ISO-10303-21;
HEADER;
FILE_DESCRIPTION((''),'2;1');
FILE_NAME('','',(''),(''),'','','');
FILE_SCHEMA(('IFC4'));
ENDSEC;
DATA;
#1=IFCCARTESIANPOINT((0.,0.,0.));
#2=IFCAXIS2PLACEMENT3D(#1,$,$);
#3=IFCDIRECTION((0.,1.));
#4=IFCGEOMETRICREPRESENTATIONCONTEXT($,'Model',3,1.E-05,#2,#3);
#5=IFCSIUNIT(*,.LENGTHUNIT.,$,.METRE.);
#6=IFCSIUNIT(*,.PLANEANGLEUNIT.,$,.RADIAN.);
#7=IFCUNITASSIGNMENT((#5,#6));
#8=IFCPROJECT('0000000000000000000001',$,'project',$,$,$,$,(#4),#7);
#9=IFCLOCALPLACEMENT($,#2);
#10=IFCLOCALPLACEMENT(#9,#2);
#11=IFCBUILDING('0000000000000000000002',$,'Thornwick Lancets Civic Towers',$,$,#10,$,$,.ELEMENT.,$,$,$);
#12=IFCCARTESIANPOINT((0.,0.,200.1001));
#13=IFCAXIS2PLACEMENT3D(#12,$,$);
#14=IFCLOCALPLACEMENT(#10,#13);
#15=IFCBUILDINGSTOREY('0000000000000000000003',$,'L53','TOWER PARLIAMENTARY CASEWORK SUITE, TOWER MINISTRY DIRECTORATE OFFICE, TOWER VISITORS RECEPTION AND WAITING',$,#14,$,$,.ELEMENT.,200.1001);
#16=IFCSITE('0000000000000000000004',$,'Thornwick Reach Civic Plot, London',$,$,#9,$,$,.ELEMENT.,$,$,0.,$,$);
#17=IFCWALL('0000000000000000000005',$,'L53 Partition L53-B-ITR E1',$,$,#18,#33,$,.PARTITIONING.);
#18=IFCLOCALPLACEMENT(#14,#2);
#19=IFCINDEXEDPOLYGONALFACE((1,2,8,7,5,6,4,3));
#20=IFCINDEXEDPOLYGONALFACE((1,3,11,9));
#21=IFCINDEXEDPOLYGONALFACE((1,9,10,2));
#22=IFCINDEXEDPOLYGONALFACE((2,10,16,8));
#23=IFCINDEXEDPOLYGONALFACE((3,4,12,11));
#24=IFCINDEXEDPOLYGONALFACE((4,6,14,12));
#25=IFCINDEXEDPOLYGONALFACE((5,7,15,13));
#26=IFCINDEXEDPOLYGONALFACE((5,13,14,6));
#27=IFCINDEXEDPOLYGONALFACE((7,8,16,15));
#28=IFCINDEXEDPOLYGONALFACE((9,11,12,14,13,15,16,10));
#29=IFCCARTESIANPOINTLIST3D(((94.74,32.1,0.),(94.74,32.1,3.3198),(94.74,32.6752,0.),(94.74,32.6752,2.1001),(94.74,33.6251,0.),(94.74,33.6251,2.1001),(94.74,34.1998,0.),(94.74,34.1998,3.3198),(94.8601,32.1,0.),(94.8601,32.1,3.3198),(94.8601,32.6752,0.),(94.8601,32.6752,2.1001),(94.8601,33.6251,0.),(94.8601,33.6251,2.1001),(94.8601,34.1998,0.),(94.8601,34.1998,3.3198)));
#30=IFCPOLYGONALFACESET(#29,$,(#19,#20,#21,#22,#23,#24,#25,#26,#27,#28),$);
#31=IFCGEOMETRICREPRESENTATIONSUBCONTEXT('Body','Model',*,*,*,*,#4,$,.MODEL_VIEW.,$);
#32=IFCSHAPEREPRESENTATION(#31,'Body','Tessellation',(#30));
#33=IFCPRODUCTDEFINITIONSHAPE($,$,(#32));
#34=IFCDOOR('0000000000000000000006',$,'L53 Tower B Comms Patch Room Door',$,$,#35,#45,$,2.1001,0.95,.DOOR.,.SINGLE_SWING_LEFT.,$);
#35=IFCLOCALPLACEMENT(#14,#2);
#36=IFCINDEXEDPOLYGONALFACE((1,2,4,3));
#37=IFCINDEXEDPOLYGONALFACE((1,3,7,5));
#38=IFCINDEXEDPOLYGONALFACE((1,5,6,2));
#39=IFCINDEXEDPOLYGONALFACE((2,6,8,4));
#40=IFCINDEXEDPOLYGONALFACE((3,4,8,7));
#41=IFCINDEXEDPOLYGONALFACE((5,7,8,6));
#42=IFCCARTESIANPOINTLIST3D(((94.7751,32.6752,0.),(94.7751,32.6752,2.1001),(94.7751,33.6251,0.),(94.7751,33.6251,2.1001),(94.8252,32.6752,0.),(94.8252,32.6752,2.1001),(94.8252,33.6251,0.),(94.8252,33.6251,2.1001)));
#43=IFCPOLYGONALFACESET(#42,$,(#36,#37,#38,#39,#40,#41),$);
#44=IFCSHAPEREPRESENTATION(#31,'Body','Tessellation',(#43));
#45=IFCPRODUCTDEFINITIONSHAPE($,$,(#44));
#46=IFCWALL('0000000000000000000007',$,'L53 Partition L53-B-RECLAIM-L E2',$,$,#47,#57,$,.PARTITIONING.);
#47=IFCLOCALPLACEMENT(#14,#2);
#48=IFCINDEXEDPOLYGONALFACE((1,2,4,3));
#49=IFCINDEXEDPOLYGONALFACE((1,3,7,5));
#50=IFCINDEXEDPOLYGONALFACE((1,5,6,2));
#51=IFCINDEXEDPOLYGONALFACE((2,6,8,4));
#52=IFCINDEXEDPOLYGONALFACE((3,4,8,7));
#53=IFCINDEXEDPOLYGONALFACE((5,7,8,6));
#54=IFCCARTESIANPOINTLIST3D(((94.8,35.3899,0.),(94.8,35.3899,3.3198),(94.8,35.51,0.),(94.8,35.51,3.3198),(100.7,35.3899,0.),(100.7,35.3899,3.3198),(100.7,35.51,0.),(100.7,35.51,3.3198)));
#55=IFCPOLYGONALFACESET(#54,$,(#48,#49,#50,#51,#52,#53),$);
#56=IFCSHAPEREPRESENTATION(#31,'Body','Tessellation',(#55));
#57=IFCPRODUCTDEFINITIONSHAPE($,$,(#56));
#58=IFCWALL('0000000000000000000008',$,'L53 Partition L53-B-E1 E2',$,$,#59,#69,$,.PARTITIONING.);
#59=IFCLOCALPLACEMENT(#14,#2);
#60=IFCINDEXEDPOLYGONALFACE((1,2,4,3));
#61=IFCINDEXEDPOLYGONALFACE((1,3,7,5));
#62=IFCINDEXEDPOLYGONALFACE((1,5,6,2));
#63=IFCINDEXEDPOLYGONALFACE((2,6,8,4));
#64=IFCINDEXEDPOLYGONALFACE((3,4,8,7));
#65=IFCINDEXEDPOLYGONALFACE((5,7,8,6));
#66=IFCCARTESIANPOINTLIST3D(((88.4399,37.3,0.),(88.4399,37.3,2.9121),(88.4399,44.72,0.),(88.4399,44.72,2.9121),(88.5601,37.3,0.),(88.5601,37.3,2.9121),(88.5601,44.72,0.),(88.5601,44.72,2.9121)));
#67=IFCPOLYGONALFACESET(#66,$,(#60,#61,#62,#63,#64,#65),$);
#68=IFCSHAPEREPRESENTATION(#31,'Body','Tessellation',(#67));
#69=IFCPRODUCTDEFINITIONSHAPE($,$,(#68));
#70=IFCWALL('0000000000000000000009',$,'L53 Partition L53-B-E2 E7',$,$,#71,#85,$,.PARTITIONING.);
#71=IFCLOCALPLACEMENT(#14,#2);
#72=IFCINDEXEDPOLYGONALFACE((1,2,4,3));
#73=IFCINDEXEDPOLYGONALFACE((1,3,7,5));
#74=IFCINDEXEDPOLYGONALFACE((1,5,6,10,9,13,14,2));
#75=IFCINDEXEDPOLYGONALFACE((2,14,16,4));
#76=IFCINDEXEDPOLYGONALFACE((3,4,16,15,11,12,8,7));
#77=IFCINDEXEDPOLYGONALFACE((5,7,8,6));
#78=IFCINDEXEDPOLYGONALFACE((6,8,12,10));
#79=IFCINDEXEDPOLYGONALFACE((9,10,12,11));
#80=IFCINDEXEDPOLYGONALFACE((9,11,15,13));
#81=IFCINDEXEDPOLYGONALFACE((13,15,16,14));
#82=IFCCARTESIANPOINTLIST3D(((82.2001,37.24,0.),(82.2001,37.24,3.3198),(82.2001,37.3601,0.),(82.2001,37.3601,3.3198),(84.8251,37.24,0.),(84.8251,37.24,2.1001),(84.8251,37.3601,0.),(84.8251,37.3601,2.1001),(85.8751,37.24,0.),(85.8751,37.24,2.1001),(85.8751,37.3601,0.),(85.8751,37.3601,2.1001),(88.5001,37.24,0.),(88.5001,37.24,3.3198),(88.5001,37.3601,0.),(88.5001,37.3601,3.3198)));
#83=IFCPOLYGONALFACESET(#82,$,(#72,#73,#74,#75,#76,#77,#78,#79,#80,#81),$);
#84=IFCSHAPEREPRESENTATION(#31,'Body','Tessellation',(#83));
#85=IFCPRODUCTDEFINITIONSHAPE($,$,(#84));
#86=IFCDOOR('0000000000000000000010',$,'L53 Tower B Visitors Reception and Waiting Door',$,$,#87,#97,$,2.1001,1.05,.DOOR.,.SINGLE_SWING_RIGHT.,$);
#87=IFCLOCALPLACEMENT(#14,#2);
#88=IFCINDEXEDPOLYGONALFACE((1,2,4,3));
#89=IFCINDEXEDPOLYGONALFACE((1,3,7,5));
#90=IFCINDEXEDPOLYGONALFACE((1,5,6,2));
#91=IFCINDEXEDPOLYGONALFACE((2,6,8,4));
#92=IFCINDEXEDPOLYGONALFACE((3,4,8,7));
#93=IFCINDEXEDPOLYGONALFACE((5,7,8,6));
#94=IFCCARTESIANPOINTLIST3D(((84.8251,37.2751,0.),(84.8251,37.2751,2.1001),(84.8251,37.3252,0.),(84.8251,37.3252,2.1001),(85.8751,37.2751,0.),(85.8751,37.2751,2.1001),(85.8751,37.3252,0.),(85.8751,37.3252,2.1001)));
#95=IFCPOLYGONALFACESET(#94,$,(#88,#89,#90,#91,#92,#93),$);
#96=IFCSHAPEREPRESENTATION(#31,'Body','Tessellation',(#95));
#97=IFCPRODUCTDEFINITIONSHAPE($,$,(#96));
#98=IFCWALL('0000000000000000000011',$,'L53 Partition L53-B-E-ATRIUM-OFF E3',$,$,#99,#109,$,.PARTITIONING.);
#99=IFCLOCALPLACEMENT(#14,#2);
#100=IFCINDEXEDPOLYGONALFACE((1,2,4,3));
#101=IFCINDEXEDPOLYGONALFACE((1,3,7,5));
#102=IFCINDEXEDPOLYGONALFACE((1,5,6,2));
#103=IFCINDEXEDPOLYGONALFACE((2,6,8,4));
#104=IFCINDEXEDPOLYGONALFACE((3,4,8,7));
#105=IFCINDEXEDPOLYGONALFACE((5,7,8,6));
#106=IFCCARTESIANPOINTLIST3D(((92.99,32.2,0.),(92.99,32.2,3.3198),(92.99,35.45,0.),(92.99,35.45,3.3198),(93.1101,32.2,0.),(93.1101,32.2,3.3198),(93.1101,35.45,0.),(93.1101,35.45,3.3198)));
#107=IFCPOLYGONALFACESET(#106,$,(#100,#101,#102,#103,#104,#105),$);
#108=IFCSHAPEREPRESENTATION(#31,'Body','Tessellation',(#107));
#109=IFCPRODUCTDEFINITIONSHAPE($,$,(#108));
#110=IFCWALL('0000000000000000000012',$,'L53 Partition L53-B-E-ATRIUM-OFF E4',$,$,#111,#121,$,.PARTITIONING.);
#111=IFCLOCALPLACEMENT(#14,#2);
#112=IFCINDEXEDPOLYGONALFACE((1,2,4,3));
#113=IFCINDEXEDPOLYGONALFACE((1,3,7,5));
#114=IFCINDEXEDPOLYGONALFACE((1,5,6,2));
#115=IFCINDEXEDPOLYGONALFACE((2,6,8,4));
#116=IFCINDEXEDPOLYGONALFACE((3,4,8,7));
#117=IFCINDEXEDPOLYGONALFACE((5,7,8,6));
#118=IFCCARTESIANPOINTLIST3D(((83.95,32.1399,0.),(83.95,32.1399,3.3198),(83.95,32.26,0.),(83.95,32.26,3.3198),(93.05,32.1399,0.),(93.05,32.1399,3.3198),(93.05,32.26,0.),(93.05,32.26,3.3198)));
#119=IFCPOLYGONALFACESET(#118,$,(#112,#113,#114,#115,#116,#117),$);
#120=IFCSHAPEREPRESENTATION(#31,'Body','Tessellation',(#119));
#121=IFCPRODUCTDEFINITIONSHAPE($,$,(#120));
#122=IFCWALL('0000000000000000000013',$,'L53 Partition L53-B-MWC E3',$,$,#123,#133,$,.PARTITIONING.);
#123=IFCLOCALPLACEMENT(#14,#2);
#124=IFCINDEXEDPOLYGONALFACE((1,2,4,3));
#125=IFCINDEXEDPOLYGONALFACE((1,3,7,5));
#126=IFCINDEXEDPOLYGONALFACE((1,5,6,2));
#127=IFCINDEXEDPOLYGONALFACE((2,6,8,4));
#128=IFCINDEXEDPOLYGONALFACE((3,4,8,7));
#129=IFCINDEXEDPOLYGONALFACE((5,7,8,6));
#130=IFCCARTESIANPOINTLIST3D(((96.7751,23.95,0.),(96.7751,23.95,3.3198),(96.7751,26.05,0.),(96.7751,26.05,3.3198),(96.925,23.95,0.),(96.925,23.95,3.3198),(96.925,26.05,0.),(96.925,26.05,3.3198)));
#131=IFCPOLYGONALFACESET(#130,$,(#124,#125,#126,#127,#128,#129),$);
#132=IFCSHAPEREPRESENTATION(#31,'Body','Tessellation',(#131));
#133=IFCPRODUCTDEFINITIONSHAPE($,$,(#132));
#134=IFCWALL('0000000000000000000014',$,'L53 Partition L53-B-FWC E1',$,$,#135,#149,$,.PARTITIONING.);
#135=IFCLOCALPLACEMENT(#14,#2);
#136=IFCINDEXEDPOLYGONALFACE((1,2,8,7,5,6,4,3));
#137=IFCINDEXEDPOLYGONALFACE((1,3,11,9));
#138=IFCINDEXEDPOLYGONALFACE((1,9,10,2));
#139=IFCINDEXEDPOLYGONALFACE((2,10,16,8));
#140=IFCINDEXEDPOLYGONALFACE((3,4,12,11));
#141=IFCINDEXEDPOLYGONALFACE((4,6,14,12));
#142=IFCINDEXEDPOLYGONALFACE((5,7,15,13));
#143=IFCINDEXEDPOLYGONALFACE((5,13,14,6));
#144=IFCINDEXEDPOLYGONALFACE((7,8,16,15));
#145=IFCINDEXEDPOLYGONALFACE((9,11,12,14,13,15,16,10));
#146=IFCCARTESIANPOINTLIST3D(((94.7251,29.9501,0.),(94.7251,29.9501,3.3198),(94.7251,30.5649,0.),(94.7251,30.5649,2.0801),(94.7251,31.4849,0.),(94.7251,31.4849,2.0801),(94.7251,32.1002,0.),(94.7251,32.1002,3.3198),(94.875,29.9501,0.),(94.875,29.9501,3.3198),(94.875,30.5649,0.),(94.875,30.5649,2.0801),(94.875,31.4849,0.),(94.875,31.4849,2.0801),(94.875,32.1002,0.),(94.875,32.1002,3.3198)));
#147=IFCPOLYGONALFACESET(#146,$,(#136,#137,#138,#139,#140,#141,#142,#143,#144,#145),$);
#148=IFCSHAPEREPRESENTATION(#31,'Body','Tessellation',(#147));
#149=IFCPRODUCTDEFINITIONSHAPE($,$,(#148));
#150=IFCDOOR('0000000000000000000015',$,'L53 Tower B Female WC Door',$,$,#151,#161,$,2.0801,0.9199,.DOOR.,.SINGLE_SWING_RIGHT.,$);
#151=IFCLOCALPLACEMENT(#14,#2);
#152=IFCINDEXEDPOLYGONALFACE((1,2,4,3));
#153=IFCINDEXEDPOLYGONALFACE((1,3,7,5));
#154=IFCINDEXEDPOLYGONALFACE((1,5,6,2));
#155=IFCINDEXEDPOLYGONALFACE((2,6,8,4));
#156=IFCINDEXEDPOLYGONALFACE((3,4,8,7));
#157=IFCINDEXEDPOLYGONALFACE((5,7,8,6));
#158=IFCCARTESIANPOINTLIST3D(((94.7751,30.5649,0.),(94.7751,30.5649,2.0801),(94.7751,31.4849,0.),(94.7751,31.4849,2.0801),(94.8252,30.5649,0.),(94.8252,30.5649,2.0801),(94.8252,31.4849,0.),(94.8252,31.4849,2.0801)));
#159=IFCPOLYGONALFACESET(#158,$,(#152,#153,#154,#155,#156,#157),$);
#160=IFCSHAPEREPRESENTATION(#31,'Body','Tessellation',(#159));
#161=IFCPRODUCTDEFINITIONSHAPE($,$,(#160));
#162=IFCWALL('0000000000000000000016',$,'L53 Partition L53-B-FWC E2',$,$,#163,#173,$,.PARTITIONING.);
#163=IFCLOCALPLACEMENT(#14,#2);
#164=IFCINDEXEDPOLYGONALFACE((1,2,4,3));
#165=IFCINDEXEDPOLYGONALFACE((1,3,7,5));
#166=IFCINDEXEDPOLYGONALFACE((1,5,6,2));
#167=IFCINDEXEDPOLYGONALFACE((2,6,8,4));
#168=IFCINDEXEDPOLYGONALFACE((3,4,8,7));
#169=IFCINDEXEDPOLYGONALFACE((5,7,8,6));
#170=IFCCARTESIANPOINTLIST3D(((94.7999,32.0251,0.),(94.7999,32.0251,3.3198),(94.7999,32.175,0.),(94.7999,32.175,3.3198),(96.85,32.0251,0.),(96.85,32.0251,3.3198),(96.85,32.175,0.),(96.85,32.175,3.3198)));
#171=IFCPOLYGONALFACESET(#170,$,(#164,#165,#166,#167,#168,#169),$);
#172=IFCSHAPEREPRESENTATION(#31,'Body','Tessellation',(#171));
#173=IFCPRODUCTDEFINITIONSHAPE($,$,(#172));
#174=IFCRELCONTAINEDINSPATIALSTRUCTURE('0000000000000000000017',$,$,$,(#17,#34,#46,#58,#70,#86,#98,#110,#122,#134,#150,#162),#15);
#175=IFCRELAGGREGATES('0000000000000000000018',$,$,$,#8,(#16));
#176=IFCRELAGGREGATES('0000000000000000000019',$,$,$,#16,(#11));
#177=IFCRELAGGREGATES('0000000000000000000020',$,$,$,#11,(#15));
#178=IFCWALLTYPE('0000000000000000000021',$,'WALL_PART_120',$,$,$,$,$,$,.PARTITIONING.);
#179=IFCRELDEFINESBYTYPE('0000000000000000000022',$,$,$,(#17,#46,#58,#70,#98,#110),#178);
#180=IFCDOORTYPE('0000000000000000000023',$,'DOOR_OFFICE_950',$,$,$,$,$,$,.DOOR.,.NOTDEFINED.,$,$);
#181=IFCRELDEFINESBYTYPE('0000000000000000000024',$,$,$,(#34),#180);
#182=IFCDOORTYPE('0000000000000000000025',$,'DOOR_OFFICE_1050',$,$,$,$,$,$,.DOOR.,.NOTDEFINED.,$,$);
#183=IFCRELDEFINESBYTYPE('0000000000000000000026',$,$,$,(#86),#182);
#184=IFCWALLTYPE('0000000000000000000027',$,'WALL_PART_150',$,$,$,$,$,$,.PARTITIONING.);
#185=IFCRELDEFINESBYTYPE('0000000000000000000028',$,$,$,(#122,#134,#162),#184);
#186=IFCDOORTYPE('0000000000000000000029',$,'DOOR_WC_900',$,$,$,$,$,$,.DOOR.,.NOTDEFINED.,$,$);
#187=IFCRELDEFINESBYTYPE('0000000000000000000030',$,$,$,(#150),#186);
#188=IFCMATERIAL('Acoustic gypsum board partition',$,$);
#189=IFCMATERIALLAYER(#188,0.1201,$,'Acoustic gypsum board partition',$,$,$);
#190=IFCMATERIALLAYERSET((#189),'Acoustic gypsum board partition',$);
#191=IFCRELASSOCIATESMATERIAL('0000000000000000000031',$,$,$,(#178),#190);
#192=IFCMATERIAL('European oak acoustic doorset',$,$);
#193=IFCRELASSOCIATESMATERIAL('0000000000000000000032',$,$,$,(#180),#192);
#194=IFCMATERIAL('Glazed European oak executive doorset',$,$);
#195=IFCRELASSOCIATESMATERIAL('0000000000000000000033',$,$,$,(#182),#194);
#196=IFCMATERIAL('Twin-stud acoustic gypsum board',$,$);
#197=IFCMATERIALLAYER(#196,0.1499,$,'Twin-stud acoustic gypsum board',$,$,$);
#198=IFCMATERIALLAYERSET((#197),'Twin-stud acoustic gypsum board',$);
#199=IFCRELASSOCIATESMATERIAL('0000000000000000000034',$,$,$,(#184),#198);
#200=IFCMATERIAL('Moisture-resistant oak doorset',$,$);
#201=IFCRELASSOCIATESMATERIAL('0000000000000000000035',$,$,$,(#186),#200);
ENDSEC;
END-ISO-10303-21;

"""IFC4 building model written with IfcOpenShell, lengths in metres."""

from ifc_helpers import new_model, si_unit, direction, frame, frame_2d, origin, place, context, subcontext, project, spatial, rectangle, extrude, material, layer, layer_set, type_object, element, fill, save


model = new_model("IFC4")

# Units and contexts
model_context = context("Model", 3, precision=1e-05, world=origin(), true_north=direction((0.0, 1.0)))
body_context = subcontext(model_context, "Body", "Model", "MODEL_VIEW")
ifc_project = project(units=[si_unit("LENGTHUNIT", "METRE"), si_unit("PLANEANGLEUNIT", "RADIAN")], contexts=[model_context])

# Site, building, storey
site_placement = place(None, origin())
site = spatial("IfcSite", under=ifc_project, at=site_placement, Name="Thornwick Reach Civic Plot, London", CompositionType="ELEMENT", RefElevation=0.0)
building_placement = place(site_placement, origin())
building = spatial("IfcBuilding", under=site, at=building_placement, Name="Thornwick Lancets Civic Towers", CompositionType="ELEMENT")
storey_placement = place(building_placement, frame((0.0, 0.0, 200.1001)))
storey = spatial("IfcBuildingStorey", under=building, at=storey_placement, Name="L53", Description="TOWER PARLIAMENTARY CASEWORK SUITE, TOWER MINISTRY DIRECTORATE OFFICE, TOWER VISITORS RECEPTION AND WAITING", CompositionType="ELEMENT", Elevation=200.1001)

# Wall, opening, door
ifc_material_1 = material(Name="Acoustic gypsum board partition")
ifc_layer_1 = layer(ifc_material_1, 0.1201, Name="Acoustic gypsum board partition")
ifc_layer_set_1 = layer_set([ifc_layer_1], Name="Acoustic gypsum board partition")
wall_type_1 = type_object("IfcWallType", Name="WALL_PART_120", PredefinedType="PARTITIONING", material=ifc_layer_set_1)
wall_1_placement = place(storey_placement, frame((94.8, 32.1001, 0.0), z_axis=(0.0, 0.0, 1.0), x_axis=(0.0, 1.0, 0.0)))
wall_1 = element("IfcWall", 1, at=wall_1_placement, inside=storey, type_object=wall_type_1, Name="L53 Partition L53-B-ITR E1", PredefinedType="PARTITIONING", context=body_context, shape_type="SweptSolid", body=[
    extrude(rectangle(XDim=2.0999, YDim=0.1201, at=frame_2d((1.0498, 0.0))), origin(), (0.0, 0.0, 1.0), 3.3198),
])
opening_1_placement = place(wall_1_placement, frame((0.575, 0.0, 0.0)))
opening_1 = element("IfcOpeningElement", 2, at=opening_1_placement, cuts=wall_1, PredefinedType="OPENING", context=body_context, shape_type="SweptSolid", body=[
    extrude(rectangle(XDim=0.95, YDim=2.1001, at=frame_2d((0.4751, 1.05))), frame((0.0, 0.0701, 0.0), z_axis=(0.0, -1.0, 0.0), x_axis=(1.0, 0.0, 0.0)), (0.0, 0.0, 1.0), 0.1401),
])
ifc_material_2 = material(Name="European oak acoustic doorset")
door_type_1 = type_object("IfcDoorType", Name="DOOR_OFFICE_950", OperationType="NOTDEFINED", PredefinedType="DOOR", material=ifc_material_2)
door_1_placement = place(opening_1_placement, origin())
door_1 = element("IfcDoor", 3, at=door_1_placement, inside=storey, type_object=door_type_1, Name="L53 Tower B Comms Patch Room Door", OperationType="SINGLE_SWING_LEFT", OverallHeight=2.1001, OverallWidth=0.95, PredefinedType="DOOR", context=body_context, shape_type="SweptSolid", body=[
    extrude(rectangle(XDim=0.95, YDim=2.1001, at=frame_2d((0.4751, 1.05))), frame((0.0, 0.0249, 0.0), z_axis=(0.0, -1.0, 0.0), x_axis=(1.0, 0.0, 0.0)), (0.0, 0.0, 1.0), 0.05),
])
fill(opening_1, door_1)

# Walls
wall_2_placement = place(storey_placement, frame((94.8, 35.45, 0.0), z_axis=(0.0, 0.0, 1.0), x_axis=(1.0, 0.0, 0.0)))
element("IfcWall", 4, at=wall_2_placement, inside=storey, type_object=wall_type_1, Name="L53 Partition L53-B-RECLAIM-L E2", PredefinedType="PARTITIONING", context=body_context, shape_type="SweptSolid", body=[
    extrude(rectangle(XDim=5.8999, YDim=0.1201, at=frame_2d((2.95, 0.0))), origin(), (0.0, 0.0, 1.0), 3.3198),
])
wall_3_placement = place(storey_placement, frame((88.5, 37.3, 0.0), z_axis=(0.0, 0.0, 1.0), x_axis=(0.0, 1.0, 0.0)))
element("IfcWall", 5, at=wall_3_placement, inside=storey, type_object=wall_type_1, Name="L53 Partition L53-B-E1 E2", PredefinedType="PARTITIONING", context=body_context, shape_type="SweptSolid", body=[
    extrude(rectangle(XDim=7.4199, YDim=0.1201, at=frame_2d((3.71, 0.0))), origin(), (0.0, 0.0, 1.0), 2.9121),
])

# Wall, opening, door
wall_4_placement = place(storey_placement, frame((88.5, 37.3, 0.0), z_axis=(0.0, 0.0, 1.0), x_axis=(-1.0, 0.0, 0.0)))
wall_4 = element("IfcWall", 6, at=wall_4_placement, inside=storey, type_object=wall_type_1, Name="L53 Partition L53-B-E2 E7", PredefinedType="PARTITIONING", context=body_context, shape_type="SweptSolid", body=[
    extrude(rectangle(XDim=6.3, YDim=0.1201, at=frame_2d((3.1499, 0.0))), origin(), (0.0, 0.0, 1.0), 3.3198),
])
opening_2_placement = place(wall_4_placement, frame((2.625, 0.0, 0.0)))
opening_2 = element("IfcOpeningElement", 7, at=opening_2_placement, cuts=wall_4, PredefinedType="OPENING", context=body_context, shape_type="SweptSolid", body=[
    extrude(rectangle(XDim=1.05, YDim=2.1001, at=frame_2d((0.5249, 1.05))), frame((0.0, 0.0701, 0.0), z_axis=(0.0, -1.0, 0.0), x_axis=(1.0, 0.0, 0.0)), (0.0, 0.0, 1.0), 0.1401),
])
ifc_material_3 = material(Name="Glazed European oak executive doorset")
door_type_2 = type_object("IfcDoorType", Name="DOOR_OFFICE_1050", OperationType="NOTDEFINED", PredefinedType="DOOR", material=ifc_material_3)
door_2_placement = place(opening_2_placement, origin())
door_2 = element("IfcDoor", 8, at=door_2_placement, inside=storey, type_object=door_type_2, Name="L53 Tower B Visitors Reception and Waiting Door", OperationType="SINGLE_SWING_RIGHT", OverallHeight=2.1001, OverallWidth=1.05, PredefinedType="DOOR", context=body_context, shape_type="SweptSolid", body=[
    extrude(rectangle(XDim=1.05, YDim=2.1001, at=frame_2d((0.5249, 1.05))), frame((0.0, 0.0249, 0.0), z_axis=(0.0, -1.0, 0.0), x_axis=(1.0, 0.0, 0.0)), (0.0, 0.0, 1.0), 0.05),
])
fill(opening_2, door_2)

# Walls
wall_5_placement = place(storey_placement, frame((93.05, 35.45, 0.0), z_axis=(0.0, 0.0, 1.0), x_axis=(0.0, -1.0, 0.0)))
element("IfcWall", 9, at=wall_5_placement, inside=storey, type_object=wall_type_1, Name="L53 Partition L53-B-E-ATRIUM-OFF E3", PredefinedType="PARTITIONING", context=body_context, shape_type="SweptSolid", body=[
    extrude(rectangle(XDim=3.25, YDim=0.1201, at=frame_2d((1.625, 0.0))), origin(), (0.0, 0.0, 1.0), 3.3198),
])
wall_6_placement = place(storey_placement, frame((93.05, 32.2, 0.0), z_axis=(0.0, 0.0, 1.0), x_axis=(-1.0, 0.0, 0.0)))
element("IfcWall", 10, at=wall_6_placement, inside=storey, type_object=wall_type_1, Name="L53 Partition L53-B-E-ATRIUM-OFF E4", PredefinedType="PARTITIONING", context=body_context, shape_type="SweptSolid", body=[
    extrude(rectangle(XDim=9.1001, YDim=0.1201, at=frame_2d((4.55, 0.0))), origin(), (0.0, 0.0, 1.0), 3.3198),
])
ifc_material_4 = material(Name="Twin-stud acoustic gypsum board")
ifc_layer_2 = layer(ifc_material_4, 0.1499, Name="Twin-stud acoustic gypsum board")
ifc_layer_set_2 = layer_set([ifc_layer_2], Name="Twin-stud acoustic gypsum board")
wall_type_2 = type_object("IfcWallType", Name="WALL_PART_150", PredefinedType="PARTITIONING", material=ifc_layer_set_2)
wall_7_placement = place(storey_placement, frame((96.8501, 26.05, 0.0), z_axis=(0.0, 0.0, 1.0), x_axis=(0.0, -1.0, 0.0)))
element("IfcWall", 11, at=wall_7_placement, inside=storey, type_object=wall_type_2, Name="L53 Partition L53-B-MWC E3", PredefinedType="PARTITIONING", context=body_context, shape_type="SweptSolid", body=[
    extrude(rectangle(XDim=2.1001, YDim=0.1499, at=frame_2d((1.05, 0.0))), origin(), (0.0, 0.0, 1.0), 3.3198),
])

# Wall, opening, door
wall_8_placement = place(storey_placement, frame((94.8, 29.95, 0.0), z_axis=(0.0, 0.0, 1.0), x_axis=(0.0, 1.0, 0.0)))
wall_8 = element("IfcWall", 12, at=wall_8_placement, inside=storey, type_object=wall_type_2, Name="L53 Partition L53-B-FWC E1", PredefinedType="PARTITIONING", context=body_context, shape_type="SweptSolid", body=[
    extrude(rectangle(XDim=2.1501, YDim=0.1499, at=frame_2d((1.0752, 0.0))), origin(), (0.0, 0.0, 1.0), 3.3198),
])
opening_3_placement = place(wall_8_placement, frame((0.615, 0.0, 0.0)))
opening_3 = element("IfcOpeningElement", 13, at=opening_3_placement, cuts=wall_8, PredefinedType="OPENING", context=body_context, shape_type="SweptSolid", body=[
    extrude(rectangle(XDim=0.9199, YDim=2.0801, at=frame_2d((0.46, 1.04))), frame((0.0, 0.085, 0.0), z_axis=(0.0, -1.0, 0.0), x_axis=(1.0, 0.0, 0.0)), (0.0, 0.0, 1.0), 0.1699),
])
ifc_material_5 = material(Name="Moisture-resistant oak doorset")
door_type_3 = type_object("IfcDoorType", Name="DOOR_WC_900", OperationType="NOTDEFINED", PredefinedType="DOOR", material=ifc_material_5)
door_3_placement = place(opening_3_placement, origin())
door_3 = element("IfcDoor", 14, at=door_3_placement, inside=storey, type_object=door_type_3, Name="L53 Tower B Female WC Door", OperationType="SINGLE_SWING_RIGHT", OverallHeight=2.0801, OverallWidth=0.9199, PredefinedType="DOOR", context=body_context, shape_type="SweptSolid", body=[
    extrude(rectangle(XDim=0.9199, YDim=2.0801, at=frame_2d((0.46, 1.04))), frame((0.0, 0.0249, 0.0), z_axis=(0.0, -1.0, 0.0), x_axis=(1.0, 0.0, 0.0)), (0.0, 0.0, 1.0), 0.05),
])
fill(opening_3, door_3)

# Wall
wall_9_placement = place(storey_placement, frame((94.8, 32.1001, 0.0), z_axis=(0.0, 0.0, 1.0), x_axis=(1.0, 0.0, 0.0)))
element("IfcWall", 15, at=wall_9_placement, inside=storey, type_object=wall_type_2, Name="L53 Partition L53-B-FWC E2", PredefinedType="PARTITIONING", context=body_context, shape_type="SweptSolid", body=[
    extrude(rectangle(XDim=2.05, YDim=0.1499, at=frame_2d((1.0249, 0.0))), origin(), (0.0, 0.0, 1.0), 3.3198),
])

save(model, "model.ifc")
